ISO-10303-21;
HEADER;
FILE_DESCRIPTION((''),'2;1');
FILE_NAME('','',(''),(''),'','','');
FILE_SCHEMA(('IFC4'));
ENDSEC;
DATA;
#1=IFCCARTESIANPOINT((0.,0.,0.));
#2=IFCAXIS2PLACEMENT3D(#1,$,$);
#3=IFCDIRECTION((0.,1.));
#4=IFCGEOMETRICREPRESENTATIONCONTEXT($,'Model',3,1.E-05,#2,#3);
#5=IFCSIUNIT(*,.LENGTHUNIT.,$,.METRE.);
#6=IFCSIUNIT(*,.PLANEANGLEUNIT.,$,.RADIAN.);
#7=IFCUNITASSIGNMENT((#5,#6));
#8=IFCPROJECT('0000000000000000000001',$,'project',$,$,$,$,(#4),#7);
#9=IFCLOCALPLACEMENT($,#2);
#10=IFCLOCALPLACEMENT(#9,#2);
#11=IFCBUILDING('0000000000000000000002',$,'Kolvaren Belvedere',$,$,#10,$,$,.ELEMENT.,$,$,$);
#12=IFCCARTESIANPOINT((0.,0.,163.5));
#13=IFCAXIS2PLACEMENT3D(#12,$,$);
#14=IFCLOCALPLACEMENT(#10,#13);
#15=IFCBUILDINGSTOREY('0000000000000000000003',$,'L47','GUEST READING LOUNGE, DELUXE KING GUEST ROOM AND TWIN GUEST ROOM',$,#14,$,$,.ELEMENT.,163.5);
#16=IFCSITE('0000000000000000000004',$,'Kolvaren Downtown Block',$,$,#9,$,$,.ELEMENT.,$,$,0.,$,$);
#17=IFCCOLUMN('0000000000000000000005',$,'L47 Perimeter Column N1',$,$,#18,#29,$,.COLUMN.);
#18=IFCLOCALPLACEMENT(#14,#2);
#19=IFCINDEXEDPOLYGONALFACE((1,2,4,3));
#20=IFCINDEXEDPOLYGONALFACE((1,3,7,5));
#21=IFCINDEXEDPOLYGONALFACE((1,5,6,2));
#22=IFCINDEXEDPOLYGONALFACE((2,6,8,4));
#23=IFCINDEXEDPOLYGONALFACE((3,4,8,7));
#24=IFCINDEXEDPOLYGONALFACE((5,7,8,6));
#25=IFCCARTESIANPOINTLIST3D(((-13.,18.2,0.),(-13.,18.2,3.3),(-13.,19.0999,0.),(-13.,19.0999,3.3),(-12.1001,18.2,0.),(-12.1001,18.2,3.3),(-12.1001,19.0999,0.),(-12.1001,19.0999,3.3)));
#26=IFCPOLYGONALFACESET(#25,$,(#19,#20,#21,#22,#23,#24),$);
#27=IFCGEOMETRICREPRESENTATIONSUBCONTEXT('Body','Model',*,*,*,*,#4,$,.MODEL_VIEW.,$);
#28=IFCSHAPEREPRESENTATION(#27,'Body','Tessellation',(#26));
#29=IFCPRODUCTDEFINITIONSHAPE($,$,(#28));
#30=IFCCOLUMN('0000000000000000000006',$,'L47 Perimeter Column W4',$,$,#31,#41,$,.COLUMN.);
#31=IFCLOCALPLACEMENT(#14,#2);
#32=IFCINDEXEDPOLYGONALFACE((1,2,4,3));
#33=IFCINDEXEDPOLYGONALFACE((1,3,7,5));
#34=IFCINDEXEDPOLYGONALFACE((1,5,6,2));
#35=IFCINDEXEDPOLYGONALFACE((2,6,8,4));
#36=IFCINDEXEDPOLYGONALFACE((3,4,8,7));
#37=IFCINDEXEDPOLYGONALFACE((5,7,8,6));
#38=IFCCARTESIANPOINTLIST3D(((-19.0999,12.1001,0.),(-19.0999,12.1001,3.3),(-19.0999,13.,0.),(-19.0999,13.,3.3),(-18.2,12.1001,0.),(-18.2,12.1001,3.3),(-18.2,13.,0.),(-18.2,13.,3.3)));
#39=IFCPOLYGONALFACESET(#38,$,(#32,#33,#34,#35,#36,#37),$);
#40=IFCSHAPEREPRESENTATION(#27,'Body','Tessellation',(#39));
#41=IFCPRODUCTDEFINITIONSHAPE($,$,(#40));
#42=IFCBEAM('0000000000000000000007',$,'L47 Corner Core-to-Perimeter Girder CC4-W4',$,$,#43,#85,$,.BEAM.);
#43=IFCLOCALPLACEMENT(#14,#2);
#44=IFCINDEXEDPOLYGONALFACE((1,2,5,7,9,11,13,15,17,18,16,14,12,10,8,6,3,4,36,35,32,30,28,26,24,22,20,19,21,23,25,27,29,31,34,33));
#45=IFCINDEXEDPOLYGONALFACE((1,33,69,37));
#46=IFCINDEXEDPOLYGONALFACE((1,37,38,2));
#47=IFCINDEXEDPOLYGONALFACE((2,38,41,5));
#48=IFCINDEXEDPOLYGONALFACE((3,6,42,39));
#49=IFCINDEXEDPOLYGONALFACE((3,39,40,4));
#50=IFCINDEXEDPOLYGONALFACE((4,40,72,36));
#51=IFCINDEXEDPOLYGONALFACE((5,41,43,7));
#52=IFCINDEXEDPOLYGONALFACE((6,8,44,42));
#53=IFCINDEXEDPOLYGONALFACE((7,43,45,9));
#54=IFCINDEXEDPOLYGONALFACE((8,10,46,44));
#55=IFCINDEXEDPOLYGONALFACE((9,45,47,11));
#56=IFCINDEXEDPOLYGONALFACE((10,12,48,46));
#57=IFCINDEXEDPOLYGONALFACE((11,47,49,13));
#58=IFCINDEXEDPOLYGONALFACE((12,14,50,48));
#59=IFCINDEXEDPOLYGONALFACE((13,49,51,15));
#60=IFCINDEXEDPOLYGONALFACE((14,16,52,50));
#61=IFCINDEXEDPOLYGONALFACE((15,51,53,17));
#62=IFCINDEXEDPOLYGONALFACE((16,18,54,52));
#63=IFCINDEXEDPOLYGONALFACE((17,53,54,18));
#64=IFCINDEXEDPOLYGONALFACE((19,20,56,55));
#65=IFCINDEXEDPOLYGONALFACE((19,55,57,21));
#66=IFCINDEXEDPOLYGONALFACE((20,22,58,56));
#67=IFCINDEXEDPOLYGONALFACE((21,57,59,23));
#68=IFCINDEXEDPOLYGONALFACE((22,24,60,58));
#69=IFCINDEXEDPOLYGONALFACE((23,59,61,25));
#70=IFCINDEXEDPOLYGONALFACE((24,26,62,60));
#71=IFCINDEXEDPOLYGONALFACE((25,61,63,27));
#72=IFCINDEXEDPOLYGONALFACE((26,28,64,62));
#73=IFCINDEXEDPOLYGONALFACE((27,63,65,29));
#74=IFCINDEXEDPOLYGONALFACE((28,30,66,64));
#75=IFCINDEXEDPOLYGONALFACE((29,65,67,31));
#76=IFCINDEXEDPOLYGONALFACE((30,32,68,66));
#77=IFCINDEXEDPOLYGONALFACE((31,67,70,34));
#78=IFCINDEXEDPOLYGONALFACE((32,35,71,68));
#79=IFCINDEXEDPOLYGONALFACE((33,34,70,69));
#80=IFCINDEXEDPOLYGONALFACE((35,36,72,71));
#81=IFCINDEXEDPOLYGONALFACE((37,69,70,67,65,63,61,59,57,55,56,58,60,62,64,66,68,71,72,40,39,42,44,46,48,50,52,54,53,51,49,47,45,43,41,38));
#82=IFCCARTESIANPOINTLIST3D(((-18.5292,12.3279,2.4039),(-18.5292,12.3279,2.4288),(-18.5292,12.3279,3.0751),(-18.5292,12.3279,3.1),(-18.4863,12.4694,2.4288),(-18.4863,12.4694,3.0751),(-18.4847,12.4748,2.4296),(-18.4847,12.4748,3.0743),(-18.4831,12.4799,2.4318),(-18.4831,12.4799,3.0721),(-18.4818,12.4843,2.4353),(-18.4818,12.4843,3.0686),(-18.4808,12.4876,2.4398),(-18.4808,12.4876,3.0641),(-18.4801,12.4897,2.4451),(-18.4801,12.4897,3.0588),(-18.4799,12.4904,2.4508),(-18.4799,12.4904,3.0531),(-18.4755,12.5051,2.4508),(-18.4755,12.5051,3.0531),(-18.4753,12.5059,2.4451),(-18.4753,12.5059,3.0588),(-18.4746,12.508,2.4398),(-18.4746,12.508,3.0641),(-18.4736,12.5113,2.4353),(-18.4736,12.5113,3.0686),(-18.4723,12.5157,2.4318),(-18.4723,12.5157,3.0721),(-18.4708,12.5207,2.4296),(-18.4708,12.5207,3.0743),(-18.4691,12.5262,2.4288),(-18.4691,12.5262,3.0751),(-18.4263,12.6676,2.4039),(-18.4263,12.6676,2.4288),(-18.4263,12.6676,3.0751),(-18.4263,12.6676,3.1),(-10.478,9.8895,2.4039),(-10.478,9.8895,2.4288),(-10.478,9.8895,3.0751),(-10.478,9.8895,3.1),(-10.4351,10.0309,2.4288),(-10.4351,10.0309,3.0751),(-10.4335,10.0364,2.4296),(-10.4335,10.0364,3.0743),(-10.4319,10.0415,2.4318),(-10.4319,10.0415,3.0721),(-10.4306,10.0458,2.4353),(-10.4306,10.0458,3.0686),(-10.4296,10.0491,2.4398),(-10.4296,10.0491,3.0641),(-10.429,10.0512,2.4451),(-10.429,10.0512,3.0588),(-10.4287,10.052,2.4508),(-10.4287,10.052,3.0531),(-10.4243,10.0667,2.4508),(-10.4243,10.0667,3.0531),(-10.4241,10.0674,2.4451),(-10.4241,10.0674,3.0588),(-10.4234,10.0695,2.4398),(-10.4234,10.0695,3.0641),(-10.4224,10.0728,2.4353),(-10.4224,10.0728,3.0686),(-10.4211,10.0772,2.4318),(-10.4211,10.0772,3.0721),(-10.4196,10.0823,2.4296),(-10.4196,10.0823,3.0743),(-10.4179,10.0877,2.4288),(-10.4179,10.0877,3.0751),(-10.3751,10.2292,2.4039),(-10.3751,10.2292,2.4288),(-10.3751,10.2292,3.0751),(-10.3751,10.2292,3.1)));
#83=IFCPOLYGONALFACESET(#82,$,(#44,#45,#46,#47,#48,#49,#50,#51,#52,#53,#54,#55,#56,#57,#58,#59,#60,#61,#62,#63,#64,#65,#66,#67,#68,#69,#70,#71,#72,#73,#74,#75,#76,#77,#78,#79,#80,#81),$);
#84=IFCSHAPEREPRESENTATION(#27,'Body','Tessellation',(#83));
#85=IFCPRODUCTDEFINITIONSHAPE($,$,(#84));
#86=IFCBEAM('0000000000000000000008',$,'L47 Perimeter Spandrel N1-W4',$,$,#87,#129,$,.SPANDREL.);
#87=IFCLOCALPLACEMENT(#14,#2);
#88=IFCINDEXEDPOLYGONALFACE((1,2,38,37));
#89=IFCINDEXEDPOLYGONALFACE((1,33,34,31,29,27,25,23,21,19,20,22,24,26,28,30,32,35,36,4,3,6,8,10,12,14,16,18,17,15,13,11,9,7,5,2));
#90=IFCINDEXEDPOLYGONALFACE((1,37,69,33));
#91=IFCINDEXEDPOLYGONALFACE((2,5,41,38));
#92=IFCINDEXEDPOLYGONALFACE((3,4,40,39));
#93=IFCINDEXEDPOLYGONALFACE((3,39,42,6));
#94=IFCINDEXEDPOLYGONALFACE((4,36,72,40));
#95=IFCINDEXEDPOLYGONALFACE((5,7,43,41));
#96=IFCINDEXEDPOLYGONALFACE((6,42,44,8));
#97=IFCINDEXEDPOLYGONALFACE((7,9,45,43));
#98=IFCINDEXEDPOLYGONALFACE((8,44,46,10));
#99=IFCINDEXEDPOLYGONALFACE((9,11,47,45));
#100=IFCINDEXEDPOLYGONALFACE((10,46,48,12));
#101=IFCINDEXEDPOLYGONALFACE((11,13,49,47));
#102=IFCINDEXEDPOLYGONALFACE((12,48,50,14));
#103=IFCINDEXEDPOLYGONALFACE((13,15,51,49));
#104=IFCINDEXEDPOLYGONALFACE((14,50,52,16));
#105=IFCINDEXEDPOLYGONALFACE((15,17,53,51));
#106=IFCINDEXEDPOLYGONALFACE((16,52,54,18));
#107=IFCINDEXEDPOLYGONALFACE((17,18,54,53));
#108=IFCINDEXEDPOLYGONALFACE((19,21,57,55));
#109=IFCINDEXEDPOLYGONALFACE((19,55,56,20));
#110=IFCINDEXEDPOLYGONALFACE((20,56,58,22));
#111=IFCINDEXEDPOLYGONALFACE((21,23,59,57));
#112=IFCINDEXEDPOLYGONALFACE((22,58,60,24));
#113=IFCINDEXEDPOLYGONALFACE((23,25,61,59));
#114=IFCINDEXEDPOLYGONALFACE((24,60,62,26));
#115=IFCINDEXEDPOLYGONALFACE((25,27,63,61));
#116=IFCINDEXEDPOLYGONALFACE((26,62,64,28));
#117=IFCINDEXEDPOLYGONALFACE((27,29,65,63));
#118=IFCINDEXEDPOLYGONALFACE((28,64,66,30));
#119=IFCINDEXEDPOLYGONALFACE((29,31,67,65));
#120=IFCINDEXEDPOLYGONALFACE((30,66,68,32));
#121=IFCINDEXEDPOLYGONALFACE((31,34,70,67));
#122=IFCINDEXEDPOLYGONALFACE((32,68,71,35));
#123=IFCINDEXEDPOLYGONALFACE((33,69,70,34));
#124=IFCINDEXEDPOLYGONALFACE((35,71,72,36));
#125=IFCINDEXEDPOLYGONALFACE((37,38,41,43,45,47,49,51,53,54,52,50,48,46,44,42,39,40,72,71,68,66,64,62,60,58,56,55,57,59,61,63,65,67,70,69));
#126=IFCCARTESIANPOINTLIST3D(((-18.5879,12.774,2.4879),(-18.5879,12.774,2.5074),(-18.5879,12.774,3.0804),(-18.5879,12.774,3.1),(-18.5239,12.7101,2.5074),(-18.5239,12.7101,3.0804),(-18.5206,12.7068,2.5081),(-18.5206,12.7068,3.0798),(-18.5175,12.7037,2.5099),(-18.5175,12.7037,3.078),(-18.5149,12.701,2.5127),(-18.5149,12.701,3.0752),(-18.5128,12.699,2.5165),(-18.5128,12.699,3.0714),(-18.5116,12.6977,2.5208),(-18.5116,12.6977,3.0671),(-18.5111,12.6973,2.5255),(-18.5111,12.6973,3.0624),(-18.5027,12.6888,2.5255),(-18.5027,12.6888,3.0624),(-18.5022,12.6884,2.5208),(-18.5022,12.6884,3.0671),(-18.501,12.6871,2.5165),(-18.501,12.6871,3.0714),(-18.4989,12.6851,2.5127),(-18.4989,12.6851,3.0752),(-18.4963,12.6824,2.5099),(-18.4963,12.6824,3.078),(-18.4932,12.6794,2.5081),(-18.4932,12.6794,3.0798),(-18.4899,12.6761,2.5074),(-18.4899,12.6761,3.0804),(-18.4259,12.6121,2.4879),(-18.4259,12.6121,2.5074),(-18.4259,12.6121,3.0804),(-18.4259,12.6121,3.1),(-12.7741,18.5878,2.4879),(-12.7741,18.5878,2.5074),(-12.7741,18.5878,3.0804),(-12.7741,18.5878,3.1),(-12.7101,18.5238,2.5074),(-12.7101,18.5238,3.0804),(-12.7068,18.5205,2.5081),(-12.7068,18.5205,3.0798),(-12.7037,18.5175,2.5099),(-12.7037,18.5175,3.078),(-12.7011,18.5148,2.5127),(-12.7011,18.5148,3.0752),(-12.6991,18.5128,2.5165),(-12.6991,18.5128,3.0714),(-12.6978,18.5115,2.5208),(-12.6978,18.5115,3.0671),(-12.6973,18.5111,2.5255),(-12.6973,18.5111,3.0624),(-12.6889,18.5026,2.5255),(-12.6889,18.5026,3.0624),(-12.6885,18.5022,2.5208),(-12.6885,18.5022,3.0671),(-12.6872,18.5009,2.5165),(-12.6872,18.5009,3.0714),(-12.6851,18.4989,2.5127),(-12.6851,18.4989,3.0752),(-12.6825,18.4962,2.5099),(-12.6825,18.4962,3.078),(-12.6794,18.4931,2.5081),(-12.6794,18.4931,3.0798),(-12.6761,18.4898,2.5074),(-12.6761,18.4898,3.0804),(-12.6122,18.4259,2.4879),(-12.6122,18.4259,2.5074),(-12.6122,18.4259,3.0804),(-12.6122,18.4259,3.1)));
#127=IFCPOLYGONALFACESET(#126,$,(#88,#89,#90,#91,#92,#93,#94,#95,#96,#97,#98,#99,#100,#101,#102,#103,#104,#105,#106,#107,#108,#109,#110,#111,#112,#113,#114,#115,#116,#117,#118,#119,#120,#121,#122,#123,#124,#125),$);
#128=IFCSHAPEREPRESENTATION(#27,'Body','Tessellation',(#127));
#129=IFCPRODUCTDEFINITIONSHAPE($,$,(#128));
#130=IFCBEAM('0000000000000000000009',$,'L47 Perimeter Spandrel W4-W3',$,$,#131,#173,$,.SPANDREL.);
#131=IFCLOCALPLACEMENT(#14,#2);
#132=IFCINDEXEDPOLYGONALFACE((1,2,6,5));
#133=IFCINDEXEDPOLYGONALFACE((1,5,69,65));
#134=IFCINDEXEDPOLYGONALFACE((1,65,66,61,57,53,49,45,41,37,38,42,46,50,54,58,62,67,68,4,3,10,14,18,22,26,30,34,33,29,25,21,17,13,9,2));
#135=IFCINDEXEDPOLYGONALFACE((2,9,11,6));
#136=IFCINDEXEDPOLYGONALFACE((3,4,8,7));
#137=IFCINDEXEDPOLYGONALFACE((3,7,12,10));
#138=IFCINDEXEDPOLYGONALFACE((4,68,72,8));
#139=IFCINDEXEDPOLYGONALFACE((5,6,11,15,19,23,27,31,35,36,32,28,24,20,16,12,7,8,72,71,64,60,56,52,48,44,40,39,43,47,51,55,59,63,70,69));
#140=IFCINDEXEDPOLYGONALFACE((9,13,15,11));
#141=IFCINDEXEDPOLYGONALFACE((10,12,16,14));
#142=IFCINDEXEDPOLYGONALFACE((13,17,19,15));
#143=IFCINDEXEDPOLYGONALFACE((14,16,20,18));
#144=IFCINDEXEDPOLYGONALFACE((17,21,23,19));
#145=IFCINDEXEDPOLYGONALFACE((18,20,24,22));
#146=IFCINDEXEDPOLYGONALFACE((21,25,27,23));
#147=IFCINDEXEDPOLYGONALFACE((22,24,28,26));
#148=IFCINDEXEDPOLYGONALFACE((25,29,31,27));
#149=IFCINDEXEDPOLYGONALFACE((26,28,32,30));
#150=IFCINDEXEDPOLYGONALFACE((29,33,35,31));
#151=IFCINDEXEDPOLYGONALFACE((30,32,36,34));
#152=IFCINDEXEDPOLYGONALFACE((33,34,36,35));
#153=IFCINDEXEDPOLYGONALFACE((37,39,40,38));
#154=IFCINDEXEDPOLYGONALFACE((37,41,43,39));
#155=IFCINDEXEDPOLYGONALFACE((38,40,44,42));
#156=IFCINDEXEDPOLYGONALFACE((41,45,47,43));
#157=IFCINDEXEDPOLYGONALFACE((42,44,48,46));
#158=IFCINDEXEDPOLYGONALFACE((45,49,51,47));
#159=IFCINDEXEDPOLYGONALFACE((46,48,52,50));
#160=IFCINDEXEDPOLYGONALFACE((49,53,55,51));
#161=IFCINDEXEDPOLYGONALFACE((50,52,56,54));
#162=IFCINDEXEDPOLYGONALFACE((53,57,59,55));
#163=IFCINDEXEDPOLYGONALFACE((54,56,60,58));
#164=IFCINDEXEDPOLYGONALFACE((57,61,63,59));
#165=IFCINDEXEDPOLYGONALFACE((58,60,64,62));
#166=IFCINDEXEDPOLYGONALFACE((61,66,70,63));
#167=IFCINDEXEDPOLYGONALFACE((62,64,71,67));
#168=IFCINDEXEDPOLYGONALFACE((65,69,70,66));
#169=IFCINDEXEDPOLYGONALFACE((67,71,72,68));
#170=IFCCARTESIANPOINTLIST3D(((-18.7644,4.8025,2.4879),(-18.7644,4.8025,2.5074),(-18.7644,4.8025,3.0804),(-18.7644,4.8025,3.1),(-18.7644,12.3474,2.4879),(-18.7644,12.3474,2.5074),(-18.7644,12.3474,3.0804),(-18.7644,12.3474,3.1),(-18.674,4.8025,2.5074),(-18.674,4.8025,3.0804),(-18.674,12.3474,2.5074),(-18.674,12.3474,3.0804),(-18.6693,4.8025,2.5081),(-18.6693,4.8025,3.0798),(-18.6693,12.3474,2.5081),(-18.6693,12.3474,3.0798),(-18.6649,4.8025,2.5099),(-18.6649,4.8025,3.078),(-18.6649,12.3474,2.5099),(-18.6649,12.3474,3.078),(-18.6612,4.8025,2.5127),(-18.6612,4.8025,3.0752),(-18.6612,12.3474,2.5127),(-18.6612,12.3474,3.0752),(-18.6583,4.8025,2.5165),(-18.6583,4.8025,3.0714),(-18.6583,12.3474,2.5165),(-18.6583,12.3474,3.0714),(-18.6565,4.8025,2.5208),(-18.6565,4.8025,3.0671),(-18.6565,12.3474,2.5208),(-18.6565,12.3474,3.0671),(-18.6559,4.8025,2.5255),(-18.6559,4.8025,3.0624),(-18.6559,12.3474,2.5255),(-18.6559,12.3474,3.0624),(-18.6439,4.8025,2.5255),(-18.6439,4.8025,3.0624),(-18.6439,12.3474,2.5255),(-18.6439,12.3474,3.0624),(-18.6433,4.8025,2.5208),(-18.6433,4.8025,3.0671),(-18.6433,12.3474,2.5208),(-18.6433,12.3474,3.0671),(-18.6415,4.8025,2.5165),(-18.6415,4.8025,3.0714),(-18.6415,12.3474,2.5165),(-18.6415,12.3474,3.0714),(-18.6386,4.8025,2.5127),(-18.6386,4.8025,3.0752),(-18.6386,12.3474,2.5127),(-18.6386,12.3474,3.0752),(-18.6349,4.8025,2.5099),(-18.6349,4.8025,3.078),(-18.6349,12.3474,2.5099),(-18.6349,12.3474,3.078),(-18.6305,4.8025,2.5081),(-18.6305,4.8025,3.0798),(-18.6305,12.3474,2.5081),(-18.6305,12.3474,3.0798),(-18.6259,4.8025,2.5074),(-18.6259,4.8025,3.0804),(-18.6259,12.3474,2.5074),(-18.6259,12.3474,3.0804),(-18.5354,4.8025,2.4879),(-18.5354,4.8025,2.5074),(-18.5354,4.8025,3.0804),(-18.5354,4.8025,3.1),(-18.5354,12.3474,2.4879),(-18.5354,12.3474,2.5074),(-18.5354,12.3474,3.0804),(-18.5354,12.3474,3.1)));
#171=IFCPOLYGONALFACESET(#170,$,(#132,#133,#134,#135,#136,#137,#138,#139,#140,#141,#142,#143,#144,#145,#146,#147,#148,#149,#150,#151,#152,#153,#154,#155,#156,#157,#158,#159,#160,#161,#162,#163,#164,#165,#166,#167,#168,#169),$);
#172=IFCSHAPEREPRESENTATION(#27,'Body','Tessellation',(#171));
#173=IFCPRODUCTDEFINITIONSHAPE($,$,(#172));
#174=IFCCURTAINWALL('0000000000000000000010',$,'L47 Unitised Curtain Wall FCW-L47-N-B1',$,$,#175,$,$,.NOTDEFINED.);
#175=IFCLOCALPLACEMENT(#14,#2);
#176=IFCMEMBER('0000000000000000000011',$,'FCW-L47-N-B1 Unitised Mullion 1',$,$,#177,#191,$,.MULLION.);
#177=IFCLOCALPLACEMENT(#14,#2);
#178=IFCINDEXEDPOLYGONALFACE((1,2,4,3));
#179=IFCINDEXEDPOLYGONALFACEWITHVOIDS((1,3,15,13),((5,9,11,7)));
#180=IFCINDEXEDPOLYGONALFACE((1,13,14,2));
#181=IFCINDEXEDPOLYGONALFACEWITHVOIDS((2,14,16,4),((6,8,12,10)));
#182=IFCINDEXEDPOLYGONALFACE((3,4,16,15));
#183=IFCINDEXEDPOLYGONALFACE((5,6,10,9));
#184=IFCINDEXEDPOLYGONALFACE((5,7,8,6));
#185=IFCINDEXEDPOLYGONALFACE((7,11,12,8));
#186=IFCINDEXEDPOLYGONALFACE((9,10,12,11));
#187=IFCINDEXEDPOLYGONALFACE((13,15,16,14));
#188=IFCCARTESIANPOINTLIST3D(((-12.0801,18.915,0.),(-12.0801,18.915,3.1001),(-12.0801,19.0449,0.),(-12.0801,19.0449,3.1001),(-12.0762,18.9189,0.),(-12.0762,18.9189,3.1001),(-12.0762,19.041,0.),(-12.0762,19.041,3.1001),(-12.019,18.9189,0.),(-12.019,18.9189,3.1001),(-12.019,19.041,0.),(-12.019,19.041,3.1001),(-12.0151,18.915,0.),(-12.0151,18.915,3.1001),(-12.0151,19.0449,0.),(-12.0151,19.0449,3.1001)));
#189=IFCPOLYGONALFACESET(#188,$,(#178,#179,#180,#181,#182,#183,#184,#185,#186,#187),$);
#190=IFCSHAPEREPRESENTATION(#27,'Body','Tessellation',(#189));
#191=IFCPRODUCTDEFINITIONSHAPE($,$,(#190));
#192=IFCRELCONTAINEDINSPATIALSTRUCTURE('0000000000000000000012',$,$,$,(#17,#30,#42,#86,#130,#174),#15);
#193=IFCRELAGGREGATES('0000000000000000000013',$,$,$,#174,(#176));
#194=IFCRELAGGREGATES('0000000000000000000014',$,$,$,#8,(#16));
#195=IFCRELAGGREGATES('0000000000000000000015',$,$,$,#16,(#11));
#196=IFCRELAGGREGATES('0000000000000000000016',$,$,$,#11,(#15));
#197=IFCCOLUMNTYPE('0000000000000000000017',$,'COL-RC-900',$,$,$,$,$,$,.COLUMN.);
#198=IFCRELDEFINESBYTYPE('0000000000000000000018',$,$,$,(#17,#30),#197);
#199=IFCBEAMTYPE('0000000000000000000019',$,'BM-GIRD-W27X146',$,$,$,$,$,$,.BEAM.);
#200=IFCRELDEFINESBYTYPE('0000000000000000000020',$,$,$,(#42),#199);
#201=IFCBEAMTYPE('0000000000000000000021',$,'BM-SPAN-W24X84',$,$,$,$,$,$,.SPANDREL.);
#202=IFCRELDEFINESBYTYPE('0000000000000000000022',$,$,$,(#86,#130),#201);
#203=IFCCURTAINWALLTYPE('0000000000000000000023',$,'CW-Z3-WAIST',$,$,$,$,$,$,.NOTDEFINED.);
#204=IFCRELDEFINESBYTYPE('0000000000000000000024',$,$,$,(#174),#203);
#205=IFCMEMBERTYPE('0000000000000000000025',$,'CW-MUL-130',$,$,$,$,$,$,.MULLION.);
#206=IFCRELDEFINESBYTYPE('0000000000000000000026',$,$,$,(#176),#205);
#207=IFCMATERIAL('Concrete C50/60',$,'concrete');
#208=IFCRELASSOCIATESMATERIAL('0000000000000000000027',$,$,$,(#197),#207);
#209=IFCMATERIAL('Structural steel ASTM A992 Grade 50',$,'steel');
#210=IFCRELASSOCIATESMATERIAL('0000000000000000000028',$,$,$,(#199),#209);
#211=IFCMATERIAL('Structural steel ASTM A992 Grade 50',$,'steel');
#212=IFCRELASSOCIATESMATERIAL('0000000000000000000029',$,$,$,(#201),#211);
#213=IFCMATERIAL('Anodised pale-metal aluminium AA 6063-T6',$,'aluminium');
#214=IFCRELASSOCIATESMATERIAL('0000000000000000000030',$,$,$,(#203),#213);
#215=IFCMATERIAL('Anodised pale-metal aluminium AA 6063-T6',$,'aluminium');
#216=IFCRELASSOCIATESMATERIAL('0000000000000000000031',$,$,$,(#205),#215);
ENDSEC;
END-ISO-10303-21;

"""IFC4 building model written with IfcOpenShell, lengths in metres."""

from ifc_helpers import new_model, si_unit, direction, frame, origin, origin_2d, place, context, subcontext, project, spatial, rectangle, hollow_rectangle, i_section, extrude, material, material_profile, profile_set, type_object, element, aggregate, save


model = new_model("IFC4")

# Units and contexts
model_context = context("Model", 3, precision=1e-05, world=origin(), true_north=direction((0.0, 1.0)))
body_context = subcontext(model_context, "Body", "Model", "MODEL_VIEW")
ifc_project = project(units=[si_unit("LENGTHUNIT", "METRE"), si_unit("PLANEANGLEUNIT", "RADIAN")], contexts=[model_context])

# Site, building, storey
site_placement = place(None, origin())
site = spatial("IfcSite", under=ifc_project, at=site_placement, Name="Kolvaren Downtown Block", CompositionType="ELEMENT", RefElevation=0.0)
building_placement = place(site_placement, origin())
building = spatial("IfcBuilding", under=site, at=building_placement, Name="Kolvaren Belvedere", CompositionType="ELEMENT")
storey_placement = place(building_placement, frame((0.0, 0.0, 163.5)))
storey = spatial("IfcBuildingStorey", under=building, at=storey_placement, Name="L47", Description="GUEST READING LOUNGE, DELUXE KING GUEST ROOM AND TWIN GUEST ROOM", CompositionType="ELEMENT", Elevation=163.5)

# Columns
ifc_material_1 = material(Name="Concrete C50/60", Category="concrete")
ifc_material_profile_1 = material_profile(ifc_material_1, rectangle(XDim=0.8999, YDim=0.8999, at=origin_2d()), Name="RC 900X900")
ifc_profile_set_1 = profile_set([ifc_material_profile_1], Name="Concrete C50/60")
column_type = type_object("IfcColumnType", Name="COL-RC-900", PredefinedType="COLUMN", material=ifc_profile_set_1)
for number, where, z_axis, x_axis, name in (
    (1, (-12.55, 18.6499, 0.0), (0.0, 0.0, 1.0), (1.0, 0.0, 0.0), "L47 Perimeter Column N1"),
    (2, (-18.6499, 12.55, 0.0), (0.0, 0.0, 1.0), (1.0, 0.0, 0.0), "L47 Perimeter Column W4"),
):
    element("IfcColumn", number, at=place(storey_placement, frame(where, z_axis=z_axis, x_axis=x_axis)), inside=storey, type_object=column_type, Name=name, PredefinedType="COLUMN", context=body_context, shape_type="SweptSolid", body=[
        extrude(rectangle(XDim=0.8999, YDim=0.8999, at=origin_2d()), origin(), (0.0, 0.0, 1.0), 3.3),
    ])

# Beams
ifc_material_2 = material(Name="Structural steel ASTM A992 Grade 50", Category="steel")
ifc_material_profile_2 = material_profile(ifc_material_2, i_section(OverallWidth=0.355, OverallDepth=0.696, WebThickness=0.0154, FlangeThickness=0.0249, FilletRadius=0.022, at=origin_2d()), Name="W27X146")
ifc_profile_set_2 = profile_set([ifc_material_profile_2], Name="Structural steel ASTM A992 Grade 50")
beam_type_1 = type_object("IfcBeamType", Name="BM-GIRD-W27X146", PredefinedType="BEAM", material=ifc_profile_set_2)
beam_1_placement = place(storey_placement, frame((-10.4265, 10.0593, 2.752), z_axis=(-0.957067, 0.289866, 0.0), x_axis=(-0.289866, -0.957067, 0.0)))
element("IfcBeam", 3, at=beam_1_placement, inside=storey, type_object=beam_type_1, Name="L47 Corner Core-to-Perimeter Girder CC4-W4", PredefinedType="BEAM", context=body_context, shape_type="SweptSolid", body=[
    extrude(i_section(OverallWidth=0.355, OverallDepth=0.696, WebThickness=0.0154, FlangeThickness=0.0249, FilletRadius=0.022, at=origin_2d()), origin(), (0.0, 0.0, 1.0), 8.4124),
])
ifc_material_3 = material(Name="Structural steel ASTM A992 Grade 50", Category="steel")
ifc_material_profile_3 = material_profile(ifc_material_3, i_section(OverallWidth=0.229, OverallDepth=0.6121, WebThickness=0.012, FlangeThickness=0.0195, FilletRadius=0.0181, at=origin_2d()), Name="W24X84")
ifc_profile_set_3 = profile_set([ifc_material_profile_3], Name="Structural steel ASTM A992 Grade 50")
beam_type_2 = type_object("IfcBeamType", Name="BM-SPAN-W24X84", PredefinedType="SPANDREL", material=ifc_profile_set_3)
beam_2_placement = place(storey_placement, frame((-12.6931, 18.5068, 2.7939), z_axis=(-0.707107, -0.707107, 0.0), x_axis=(0.707107, -0.707107, 0.0)))
element("IfcBeam", 4, at=beam_2_placement, inside=storey, type_object=beam_type_2, Name="L47 Perimeter Spandrel N1-W4", PredefinedType="SPANDREL", context=body_context, shape_type="SweptSolid", body=[
    extrude(i_section(OverallWidth=0.229, OverallDepth=0.6121, WebThickness=0.012, FlangeThickness=0.0195, FilletRadius=0.0181, at=origin_2d()), origin(), (0.0, 0.0, 1.0), 8.2219),
])
beam_3_placement = place(storey_placement, frame((-18.6499, 12.3474, 2.7939), z_axis=(0.0, -1.0, 0.0), x_axis=(1.0, 0.0, 0.0)))
element("IfcBeam", 5, at=beam_3_placement, inside=storey, type_object=beam_type_2, Name="L47 Perimeter Spandrel W4-W3", PredefinedType="SPANDREL", context=body_context, shape_type="SweptSolid", body=[
    extrude(i_section(OverallWidth=0.229, OverallDepth=0.6121, WebThickness=0.012, FlangeThickness=0.0195, FilletRadius=0.0181, at=origin_2d()), origin(), (0.0, 0.0, 1.0), 7.5449),
])

# Curtain wall, member
ifc_material_4 = material(Name="Anodised pale-metal aluminium AA 6063-T6", Category="aluminium")
curtain_wall_type = type_object("IfcCurtainWallType", Name="CW-Z3-WAIST", PredefinedType="NOTDEFINED", material=ifc_material_4)
curtain_wall_1_placement = place(storey_placement, origin())
curtain_wall_1 = element("IfcCurtainWall", 6, at=curtain_wall_1_placement, inside=storey, type_object=curtain_wall_type, Name="L47 Unitised Curtain Wall FCW-L47-N-B1", PredefinedType="NOTDEFINED")
ifc_material_5 = material(Name="Anodised pale-metal aluminium AA 6063-T6", Category="aluminium")
ifc_material_profile_4 = material_profile(ifc_material_5, hollow_rectangle(XDim=0.0649, YDim=0.1299, WallThickness=0.0039, at=origin_2d()), Name="ALU-MUL-130X65")
ifc_profile_set_4 = profile_set([ifc_material_profile_4], Name="Anodised pale-metal aluminium AA 6063-T6")
member_type_1 = type_object("IfcMemberType", Name="CW-MUL-130", PredefinedType="MULLION", material=ifc_profile_set_4)
member_1_placement = place(storey_placement, frame((-12.0476, 18.98, 0.0), z_axis=(0.0, 0.0, 1.0), x_axis=(1.0, 0.0, 0.0)))
member_1 = element("IfcMember", 7, at=member_1_placement, type_object=member_type_1, Name="FCW-L47-N-B1 Unitised Mullion 1", PredefinedType="MULLION", context=body_context, shape_type="SweptSolid", body=[
    extrude(hollow_rectangle(XDim=0.0649, YDim=0.1299, WallThickness=0.0039, at=origin_2d()), origin(), (0.0, 0.0, 1.0), 3.1001),
])

aggregate(curtain_wall_1, [member_1])

save(model, "model.ifc")
